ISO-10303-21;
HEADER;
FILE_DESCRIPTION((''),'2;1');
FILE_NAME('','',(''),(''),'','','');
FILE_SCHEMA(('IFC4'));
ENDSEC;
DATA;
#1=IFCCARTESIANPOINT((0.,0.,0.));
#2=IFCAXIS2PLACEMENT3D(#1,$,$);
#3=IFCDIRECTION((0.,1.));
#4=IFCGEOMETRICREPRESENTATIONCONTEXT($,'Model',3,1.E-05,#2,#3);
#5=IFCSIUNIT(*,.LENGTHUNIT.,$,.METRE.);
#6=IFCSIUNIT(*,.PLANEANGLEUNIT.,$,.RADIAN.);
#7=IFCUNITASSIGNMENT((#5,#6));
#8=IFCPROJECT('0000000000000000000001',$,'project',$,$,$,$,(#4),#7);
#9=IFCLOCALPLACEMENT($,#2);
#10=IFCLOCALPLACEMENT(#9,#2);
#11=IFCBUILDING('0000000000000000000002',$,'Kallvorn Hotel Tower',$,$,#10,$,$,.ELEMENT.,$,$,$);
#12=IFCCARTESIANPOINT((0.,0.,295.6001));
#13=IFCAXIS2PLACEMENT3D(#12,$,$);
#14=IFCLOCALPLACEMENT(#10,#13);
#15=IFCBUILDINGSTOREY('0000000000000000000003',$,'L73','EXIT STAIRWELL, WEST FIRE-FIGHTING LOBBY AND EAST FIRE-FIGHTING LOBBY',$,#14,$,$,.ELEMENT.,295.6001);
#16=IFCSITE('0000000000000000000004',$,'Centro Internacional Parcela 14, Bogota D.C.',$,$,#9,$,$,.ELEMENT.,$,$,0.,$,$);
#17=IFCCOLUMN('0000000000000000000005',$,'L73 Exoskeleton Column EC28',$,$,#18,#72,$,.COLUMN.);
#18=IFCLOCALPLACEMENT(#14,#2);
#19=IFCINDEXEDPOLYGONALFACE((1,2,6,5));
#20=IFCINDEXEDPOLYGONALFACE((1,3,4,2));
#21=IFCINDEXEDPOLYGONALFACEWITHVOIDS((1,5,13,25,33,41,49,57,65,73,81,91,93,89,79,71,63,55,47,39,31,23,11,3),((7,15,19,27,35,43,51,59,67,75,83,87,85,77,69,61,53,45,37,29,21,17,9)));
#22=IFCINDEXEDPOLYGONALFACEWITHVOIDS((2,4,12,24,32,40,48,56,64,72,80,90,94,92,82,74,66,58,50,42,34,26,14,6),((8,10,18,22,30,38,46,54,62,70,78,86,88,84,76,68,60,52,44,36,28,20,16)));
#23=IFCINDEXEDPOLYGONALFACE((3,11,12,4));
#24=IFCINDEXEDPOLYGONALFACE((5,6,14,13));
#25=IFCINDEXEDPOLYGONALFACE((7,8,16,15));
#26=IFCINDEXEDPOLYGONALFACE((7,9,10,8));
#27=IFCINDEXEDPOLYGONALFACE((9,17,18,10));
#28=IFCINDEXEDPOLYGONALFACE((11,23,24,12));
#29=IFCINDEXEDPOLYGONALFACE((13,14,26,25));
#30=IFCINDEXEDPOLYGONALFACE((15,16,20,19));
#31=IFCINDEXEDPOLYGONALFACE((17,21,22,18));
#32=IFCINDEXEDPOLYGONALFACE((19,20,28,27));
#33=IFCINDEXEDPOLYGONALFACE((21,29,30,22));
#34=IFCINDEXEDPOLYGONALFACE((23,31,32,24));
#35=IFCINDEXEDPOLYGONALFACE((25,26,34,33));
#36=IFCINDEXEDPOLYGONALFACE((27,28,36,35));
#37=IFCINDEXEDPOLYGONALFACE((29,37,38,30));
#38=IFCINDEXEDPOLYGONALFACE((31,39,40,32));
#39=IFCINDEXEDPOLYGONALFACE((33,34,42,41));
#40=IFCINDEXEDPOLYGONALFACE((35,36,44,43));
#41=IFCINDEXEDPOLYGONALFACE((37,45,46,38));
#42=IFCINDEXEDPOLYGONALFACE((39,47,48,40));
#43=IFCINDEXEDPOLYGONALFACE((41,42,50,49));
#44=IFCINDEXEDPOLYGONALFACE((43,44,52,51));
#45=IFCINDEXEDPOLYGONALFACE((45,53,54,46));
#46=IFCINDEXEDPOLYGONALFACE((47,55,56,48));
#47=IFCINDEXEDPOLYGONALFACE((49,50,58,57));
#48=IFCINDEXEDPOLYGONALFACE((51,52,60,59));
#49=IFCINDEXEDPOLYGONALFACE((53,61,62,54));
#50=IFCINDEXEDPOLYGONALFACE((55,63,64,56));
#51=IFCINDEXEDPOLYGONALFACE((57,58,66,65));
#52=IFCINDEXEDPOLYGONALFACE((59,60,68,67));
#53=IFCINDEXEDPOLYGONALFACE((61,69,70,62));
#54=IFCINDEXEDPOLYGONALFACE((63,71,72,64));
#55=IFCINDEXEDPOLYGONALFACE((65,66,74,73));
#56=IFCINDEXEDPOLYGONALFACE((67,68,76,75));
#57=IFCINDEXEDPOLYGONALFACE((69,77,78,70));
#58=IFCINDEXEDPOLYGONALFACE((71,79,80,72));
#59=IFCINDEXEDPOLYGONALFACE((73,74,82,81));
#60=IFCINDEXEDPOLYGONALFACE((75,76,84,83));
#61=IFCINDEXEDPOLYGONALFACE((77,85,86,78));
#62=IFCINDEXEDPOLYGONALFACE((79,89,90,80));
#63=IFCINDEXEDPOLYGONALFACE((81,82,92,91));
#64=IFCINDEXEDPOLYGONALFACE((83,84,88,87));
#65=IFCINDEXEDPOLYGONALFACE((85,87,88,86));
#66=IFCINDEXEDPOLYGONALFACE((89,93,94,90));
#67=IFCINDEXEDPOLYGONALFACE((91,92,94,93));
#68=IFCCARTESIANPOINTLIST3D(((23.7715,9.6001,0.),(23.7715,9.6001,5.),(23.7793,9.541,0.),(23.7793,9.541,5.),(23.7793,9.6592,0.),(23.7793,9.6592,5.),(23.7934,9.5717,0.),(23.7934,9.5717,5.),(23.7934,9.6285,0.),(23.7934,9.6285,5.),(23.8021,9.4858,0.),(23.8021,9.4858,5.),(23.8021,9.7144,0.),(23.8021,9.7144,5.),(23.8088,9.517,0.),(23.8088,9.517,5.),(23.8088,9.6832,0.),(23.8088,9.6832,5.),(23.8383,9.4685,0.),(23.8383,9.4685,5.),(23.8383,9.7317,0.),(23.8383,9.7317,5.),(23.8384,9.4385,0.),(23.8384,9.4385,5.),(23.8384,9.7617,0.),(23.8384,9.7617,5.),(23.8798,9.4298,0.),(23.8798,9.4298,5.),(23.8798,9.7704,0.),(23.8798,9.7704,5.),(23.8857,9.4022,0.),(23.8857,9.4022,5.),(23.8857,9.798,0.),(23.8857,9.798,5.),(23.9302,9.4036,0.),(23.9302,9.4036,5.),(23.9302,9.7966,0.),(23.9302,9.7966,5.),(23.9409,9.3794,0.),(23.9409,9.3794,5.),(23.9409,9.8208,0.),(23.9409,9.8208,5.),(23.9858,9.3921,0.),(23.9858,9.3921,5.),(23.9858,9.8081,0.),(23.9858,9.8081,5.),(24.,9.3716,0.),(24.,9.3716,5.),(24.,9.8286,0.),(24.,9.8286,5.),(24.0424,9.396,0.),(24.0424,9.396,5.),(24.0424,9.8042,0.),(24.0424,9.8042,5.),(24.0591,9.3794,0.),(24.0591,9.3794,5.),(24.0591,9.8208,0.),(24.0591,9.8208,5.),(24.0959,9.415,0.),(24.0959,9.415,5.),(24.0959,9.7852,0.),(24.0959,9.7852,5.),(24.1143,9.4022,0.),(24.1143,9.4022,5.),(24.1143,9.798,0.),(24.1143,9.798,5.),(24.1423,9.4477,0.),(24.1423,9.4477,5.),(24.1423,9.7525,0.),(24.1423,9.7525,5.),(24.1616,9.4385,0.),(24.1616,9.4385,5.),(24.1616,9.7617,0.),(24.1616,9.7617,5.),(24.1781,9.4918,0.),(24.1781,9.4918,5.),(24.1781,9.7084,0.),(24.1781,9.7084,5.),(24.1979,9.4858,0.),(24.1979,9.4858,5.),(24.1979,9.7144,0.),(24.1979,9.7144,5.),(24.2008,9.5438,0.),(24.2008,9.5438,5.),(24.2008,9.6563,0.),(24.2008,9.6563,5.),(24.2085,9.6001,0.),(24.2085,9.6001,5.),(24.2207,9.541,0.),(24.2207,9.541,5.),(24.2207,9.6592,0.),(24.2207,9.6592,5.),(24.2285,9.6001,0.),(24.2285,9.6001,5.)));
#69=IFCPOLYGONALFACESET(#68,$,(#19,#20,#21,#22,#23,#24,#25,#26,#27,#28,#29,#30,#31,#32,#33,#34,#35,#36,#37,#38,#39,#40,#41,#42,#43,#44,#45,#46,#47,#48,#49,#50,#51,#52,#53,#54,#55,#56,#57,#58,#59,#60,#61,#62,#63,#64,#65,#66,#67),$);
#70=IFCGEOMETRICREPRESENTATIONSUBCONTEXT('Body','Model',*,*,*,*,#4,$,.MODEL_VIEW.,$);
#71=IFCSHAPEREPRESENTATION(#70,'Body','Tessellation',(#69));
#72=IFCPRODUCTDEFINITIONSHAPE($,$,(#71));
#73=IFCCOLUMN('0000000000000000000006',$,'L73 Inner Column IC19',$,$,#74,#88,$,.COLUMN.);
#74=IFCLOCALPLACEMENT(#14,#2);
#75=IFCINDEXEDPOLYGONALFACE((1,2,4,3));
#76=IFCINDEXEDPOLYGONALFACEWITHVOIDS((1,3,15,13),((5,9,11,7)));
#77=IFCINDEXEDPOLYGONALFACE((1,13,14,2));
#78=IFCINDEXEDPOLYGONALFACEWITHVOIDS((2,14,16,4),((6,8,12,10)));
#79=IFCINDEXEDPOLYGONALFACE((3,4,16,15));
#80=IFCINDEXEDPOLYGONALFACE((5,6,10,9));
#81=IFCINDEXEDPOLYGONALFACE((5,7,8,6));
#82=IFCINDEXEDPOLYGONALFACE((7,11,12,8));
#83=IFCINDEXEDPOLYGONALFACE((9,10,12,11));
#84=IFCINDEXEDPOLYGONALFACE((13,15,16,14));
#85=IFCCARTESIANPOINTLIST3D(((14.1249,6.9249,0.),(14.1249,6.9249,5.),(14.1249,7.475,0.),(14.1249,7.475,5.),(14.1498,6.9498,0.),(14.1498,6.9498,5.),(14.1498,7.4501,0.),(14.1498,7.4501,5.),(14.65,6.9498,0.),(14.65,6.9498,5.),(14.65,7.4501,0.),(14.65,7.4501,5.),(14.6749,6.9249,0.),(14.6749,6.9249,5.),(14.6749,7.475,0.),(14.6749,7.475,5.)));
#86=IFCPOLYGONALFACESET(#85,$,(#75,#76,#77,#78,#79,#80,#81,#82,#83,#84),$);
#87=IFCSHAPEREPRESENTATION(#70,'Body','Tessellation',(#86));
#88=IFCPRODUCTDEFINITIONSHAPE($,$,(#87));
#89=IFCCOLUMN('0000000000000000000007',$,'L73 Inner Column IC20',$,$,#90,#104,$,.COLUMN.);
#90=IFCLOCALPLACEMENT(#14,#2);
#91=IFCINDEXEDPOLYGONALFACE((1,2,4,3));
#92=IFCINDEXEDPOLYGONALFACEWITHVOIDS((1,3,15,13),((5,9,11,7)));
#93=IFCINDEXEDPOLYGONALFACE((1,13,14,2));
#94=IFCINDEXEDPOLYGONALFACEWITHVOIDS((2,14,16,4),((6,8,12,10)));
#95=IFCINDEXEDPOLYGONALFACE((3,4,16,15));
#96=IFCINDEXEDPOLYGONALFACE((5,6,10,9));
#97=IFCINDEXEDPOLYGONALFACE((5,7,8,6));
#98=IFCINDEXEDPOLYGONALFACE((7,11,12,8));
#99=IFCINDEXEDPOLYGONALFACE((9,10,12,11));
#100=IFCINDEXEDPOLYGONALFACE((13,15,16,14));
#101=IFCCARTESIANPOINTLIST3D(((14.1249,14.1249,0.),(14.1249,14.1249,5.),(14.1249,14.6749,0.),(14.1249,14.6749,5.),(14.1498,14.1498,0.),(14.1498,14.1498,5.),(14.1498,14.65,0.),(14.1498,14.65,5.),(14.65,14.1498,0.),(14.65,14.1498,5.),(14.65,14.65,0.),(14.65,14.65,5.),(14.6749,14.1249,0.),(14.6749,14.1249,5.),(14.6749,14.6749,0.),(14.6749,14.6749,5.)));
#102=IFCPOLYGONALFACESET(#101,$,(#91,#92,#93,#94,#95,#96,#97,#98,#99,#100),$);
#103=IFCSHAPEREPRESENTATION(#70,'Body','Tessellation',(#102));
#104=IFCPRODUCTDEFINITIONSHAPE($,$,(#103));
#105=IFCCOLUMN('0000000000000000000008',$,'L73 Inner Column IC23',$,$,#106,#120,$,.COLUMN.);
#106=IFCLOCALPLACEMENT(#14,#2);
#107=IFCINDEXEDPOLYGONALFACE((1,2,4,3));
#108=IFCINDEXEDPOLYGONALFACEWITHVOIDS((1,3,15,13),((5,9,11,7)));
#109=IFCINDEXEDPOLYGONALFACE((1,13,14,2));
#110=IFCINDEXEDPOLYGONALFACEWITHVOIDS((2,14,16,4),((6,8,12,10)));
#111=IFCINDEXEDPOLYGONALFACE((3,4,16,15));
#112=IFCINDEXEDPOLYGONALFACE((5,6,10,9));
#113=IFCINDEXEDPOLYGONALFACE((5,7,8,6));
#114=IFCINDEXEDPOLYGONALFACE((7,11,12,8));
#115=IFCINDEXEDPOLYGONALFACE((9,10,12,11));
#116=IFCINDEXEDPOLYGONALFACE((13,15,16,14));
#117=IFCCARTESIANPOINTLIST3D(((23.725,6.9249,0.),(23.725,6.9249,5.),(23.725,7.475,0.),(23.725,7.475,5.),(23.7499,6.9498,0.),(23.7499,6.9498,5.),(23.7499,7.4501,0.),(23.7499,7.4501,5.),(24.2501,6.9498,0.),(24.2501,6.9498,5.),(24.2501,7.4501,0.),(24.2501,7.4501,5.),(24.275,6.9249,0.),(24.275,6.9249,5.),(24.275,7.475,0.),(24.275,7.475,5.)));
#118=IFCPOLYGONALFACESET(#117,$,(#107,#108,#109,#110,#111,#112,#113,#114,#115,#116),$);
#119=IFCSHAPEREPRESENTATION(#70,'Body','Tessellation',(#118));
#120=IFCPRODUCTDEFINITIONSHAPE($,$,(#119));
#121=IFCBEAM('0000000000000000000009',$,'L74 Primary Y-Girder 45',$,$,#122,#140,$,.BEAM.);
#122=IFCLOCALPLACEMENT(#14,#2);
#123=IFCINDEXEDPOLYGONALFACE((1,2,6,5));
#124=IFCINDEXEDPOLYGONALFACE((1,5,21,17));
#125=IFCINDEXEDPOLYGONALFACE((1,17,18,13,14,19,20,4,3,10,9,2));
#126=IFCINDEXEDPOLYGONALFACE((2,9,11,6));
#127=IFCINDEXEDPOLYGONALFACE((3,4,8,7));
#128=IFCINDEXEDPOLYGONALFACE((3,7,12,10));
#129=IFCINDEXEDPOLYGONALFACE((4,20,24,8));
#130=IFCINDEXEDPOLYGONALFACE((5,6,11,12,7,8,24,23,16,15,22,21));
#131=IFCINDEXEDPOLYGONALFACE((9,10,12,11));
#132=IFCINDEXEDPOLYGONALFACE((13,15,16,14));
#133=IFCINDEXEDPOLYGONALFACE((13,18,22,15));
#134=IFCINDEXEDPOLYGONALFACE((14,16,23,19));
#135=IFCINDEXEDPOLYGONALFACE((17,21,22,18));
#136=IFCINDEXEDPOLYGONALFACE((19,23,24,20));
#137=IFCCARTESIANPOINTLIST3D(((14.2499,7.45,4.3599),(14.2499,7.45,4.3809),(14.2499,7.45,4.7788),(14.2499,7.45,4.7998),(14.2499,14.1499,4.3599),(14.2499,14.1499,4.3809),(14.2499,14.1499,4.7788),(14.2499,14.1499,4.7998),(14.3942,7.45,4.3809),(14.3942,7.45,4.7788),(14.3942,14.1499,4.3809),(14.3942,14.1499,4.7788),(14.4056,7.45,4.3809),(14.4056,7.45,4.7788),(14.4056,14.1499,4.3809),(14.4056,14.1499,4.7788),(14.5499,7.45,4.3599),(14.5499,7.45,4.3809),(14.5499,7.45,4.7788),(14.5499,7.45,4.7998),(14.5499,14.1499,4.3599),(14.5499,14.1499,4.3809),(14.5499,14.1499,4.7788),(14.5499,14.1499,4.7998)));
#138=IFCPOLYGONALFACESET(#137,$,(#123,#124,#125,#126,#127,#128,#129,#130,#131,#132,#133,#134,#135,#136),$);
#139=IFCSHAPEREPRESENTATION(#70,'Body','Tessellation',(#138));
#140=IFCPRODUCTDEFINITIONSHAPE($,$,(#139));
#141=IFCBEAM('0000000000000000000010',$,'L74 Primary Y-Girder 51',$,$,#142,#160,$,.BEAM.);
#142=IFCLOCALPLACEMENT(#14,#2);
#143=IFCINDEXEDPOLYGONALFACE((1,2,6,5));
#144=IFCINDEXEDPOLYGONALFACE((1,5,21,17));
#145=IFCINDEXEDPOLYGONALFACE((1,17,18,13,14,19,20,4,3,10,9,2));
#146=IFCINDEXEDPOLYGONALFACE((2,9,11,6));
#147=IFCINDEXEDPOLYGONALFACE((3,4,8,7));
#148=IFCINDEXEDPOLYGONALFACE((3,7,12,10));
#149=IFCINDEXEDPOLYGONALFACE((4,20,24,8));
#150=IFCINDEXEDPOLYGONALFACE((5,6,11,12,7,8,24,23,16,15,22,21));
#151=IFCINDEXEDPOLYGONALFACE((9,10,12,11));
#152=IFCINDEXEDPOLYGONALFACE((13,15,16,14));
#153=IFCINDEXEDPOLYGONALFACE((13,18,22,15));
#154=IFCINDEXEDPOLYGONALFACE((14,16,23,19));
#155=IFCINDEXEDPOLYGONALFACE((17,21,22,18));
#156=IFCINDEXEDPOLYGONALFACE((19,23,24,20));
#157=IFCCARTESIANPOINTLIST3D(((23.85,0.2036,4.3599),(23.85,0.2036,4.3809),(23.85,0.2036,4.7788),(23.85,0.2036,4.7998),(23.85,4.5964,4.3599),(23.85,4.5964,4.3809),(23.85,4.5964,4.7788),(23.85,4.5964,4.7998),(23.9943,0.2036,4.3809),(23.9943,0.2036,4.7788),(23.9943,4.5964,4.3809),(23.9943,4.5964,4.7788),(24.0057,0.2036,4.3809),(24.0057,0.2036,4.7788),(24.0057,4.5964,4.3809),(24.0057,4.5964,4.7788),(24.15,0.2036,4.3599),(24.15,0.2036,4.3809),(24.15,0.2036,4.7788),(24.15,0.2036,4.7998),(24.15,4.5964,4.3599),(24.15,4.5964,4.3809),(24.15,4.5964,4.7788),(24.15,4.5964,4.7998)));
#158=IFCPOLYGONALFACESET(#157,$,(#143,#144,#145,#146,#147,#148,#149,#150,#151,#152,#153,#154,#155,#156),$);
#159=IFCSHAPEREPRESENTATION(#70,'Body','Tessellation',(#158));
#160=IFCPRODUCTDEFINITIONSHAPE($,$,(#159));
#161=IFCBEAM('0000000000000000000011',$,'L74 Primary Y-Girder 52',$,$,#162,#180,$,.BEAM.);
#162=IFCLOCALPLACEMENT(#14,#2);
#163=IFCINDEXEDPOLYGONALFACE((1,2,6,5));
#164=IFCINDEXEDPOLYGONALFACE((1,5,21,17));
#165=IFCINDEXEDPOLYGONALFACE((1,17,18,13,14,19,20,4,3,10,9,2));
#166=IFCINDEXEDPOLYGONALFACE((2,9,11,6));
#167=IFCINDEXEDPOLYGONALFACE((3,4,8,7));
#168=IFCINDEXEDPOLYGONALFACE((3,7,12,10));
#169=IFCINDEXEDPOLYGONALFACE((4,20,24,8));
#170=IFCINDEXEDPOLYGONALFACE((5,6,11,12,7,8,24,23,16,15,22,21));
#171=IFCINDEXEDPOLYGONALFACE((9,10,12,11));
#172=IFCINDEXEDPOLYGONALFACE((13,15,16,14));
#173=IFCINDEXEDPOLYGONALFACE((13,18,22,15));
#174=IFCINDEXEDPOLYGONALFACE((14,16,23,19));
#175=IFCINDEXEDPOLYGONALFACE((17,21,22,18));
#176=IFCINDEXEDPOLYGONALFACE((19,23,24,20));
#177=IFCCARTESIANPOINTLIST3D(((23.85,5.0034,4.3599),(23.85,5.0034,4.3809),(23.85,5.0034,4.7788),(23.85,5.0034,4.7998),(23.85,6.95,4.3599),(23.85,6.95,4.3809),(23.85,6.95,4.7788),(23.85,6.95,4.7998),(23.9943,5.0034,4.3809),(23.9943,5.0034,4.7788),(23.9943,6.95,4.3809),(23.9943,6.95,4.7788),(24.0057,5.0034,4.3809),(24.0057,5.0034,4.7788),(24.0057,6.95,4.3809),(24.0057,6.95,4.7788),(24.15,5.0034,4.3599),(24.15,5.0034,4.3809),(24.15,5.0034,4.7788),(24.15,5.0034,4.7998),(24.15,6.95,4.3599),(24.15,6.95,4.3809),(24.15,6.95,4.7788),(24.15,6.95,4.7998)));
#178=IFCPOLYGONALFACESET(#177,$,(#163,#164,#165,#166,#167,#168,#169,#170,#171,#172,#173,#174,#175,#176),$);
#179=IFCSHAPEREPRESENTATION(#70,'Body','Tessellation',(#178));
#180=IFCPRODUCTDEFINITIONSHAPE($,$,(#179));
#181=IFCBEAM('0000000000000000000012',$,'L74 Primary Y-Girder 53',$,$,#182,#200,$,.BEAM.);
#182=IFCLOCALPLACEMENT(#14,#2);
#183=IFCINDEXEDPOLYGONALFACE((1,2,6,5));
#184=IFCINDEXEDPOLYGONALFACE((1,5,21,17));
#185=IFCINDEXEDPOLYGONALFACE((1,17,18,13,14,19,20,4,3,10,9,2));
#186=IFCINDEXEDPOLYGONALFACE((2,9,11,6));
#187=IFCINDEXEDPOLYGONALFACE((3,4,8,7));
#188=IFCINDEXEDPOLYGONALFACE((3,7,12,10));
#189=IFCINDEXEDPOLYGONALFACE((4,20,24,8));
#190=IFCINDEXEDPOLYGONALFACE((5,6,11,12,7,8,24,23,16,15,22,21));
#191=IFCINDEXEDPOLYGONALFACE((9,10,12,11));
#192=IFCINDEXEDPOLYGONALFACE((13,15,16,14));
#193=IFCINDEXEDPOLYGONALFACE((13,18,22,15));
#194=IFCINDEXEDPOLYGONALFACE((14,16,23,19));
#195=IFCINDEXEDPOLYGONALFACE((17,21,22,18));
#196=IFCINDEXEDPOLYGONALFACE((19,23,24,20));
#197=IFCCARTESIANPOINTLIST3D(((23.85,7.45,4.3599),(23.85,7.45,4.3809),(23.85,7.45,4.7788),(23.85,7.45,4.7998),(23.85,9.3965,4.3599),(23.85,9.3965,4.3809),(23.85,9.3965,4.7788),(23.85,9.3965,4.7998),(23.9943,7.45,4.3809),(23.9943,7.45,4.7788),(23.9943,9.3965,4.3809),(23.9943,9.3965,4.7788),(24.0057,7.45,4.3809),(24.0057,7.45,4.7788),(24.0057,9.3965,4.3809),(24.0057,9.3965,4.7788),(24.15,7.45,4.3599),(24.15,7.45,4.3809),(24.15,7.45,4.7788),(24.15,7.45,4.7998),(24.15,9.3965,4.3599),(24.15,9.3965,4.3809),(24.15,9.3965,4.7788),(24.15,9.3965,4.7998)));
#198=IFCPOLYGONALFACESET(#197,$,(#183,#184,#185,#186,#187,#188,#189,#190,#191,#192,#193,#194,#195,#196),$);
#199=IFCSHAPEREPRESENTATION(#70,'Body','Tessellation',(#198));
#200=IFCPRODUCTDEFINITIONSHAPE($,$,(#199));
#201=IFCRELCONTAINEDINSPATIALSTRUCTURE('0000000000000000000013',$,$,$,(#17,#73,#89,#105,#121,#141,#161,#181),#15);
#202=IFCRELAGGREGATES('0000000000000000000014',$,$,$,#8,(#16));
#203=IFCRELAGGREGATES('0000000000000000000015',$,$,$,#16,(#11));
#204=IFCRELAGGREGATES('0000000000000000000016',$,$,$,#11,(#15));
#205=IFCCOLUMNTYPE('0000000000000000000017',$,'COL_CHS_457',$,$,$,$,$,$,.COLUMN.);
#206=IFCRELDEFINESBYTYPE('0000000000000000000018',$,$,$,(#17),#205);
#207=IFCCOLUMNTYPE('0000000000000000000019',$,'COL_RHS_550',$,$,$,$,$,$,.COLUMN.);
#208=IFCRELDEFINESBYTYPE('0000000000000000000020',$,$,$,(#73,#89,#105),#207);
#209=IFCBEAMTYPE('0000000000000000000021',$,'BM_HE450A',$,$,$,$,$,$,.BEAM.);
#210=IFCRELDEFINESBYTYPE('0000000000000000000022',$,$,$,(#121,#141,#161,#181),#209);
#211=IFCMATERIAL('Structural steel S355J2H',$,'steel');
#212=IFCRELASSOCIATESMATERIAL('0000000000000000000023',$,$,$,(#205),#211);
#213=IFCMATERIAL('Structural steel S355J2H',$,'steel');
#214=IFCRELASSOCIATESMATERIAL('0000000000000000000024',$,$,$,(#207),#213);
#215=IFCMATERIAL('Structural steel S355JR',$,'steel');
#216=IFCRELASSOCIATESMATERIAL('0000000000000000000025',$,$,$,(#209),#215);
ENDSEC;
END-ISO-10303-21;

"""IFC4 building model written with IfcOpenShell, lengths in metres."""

from ifc_helpers import new_model, si_unit, direction, frame, origin, origin_2d, place, context, subcontext, project, spatial, hollow_rectangle, hollow_circle, i_section, extrude, material, material_profile, profile_set, type_object, element, save


model = new_model("IFC4")

# Units and contexts
model_context = context("Model", 3, precision=1e-05, world=origin(), true_north=direction((0.0, 1.0)))
body_context = subcontext(model_context, "Body", "Model", "MODEL_VIEW")
ifc_project = project(units=[si_unit("LENGTHUNIT", "METRE"), si_unit("PLANEANGLEUNIT", "RADIAN")], contexts=[model_context])

# Site, building, storey
site_placement = place(None, origin())
site = spatial("IfcSite", under=ifc_project, at=site_placement, Name="Centro Internacional Parcela 14, Bogota D.C.", CompositionType="ELEMENT", RefElevation=0.0)
building_placement = place(site_placement, origin())
building = spatial("IfcBuilding", under=site, at=building_placement, Name="Kallvorn Hotel Tower", CompositionType="ELEMENT")
storey_placement = place(building_placement, frame((0.0, 0.0, 295.6001)))
storey = spatial("IfcBuildingStorey", under=building, at=storey_placement, Name="L73", Description="EXIT STAIRWELL, WEST FIRE-FIGHTING LOBBY AND EAST FIRE-FIGHTING LOBBY", CompositionType="ELEMENT", Elevation=295.6001)

# Columns
ifc_material_1 = material(Name="Structural steel S355J2H", Category="steel")
ifc_material_profile_1 = material_profile(ifc_material_1, hollow_circle(Radius=0.2285, WallThickness=0.02, at=origin_2d()), Name="CHS 457x20")
ifc_profile_set_1 = profile_set([ifc_material_profile_1], Name="Structural steel S355J2H")
column_type_1 = type_object("IfcColumnType", Name="COL_CHS_457", PredefinedType="COLUMN", material=ifc_profile_set_1)
for number, where, z_axis, x_axis, name in (
    (1, (24.0, 9.6001, 0.0), (0.0, 0.0, 1.0), (1.0, 0.0, 0.0), "L73 Exoskeleton Column EC28"),
):
    element("IfcColumn", number, at=place(storey_placement, frame(where, z_axis=z_axis, x_axis=x_axis)), inside=storey, type_object=column_type_1, Name=name, PredefinedType="COLUMN", context=body_context, shape_type="SweptSolid", body=[
        extrude(hollow_circle(Radius=0.2285, WallThickness=0.02, at=origin_2d()), origin(), (0.0, 0.0, 1.0), 5.0),
    ])
ifc_material_2 = material(Name="Structural steel S355J2H", Category="steel")
ifc_material_profile_2 = material_profile(ifc_material_2, hollow_rectangle(XDim=0.55, YDim=0.55, WallThickness=0.0249, at=origin_2d()), Name="RHS 550x550x25")
ifc_profile_set_2 = profile_set([ifc_material_profile_2], Name="Structural steel S355J2H")
column_type_2 = type_object("IfcColumnType", Name="COL_RHS_550", PredefinedType="COLUMN", material=ifc_profile_set_2)
for number, where, z_axis, x_axis, name in (
    (2, (14.3999, 7.2, 0.0), (0.0, 0.0, 1.0), (1.0, 0.0, 0.0), "L73 Inner Column IC19"),
    (3, (14.3999, 14.3999, 0.0), (0.0, 0.0, 1.0), (1.0, 0.0, 0.0), "L73 Inner Column IC20"),
    (4, (24.0, 7.2, 0.0), (0.0, 0.0, 1.0), (1.0, 0.0, 0.0), "L73 Inner Column IC23"),
):
    element("IfcColumn", number, at=place(storey_placement, frame(where, z_axis=z_axis, x_axis=x_axis)), inside=storey, type_object=column_type_2, Name=name, PredefinedType="COLUMN", context=body_context, shape_type="SweptSolid", body=[
        extrude(hollow_rectangle(XDim=0.55, YDim=0.55, WallThickness=0.0249, at=origin_2d()), origin(), (0.0, 0.0, 1.0), 5.0),
    ])

# Beams
ifc_material_3 = material(Name="Structural steel S355JR", Category="steel")
ifc_material_profile_3 = material_profile(ifc_material_3, i_section(OverallWidth=0.3, OverallDepth=0.4399, WebThickness=0.0115, FlangeThickness=0.021, at=origin_2d()), Name="HE 450 A")
ifc_profile_set_3 = profile_set([ifc_material_profile_3], Name="Structural steel S355JR")
beam_type_1 = type_object("IfcBeamType", Name="BM_HE450A", PredefinedType="BEAM", material=ifc_profile_set_3)
beam_1_placement = place(storey_placement, frame((14.3999, 7.45, 4.5798), z_axis=(0.0, 1.0, 0.0), x_axis=(-1.0, 0.0, 0.0)))
element("IfcBeam", 5, at=beam_1_placement, inside=storey, type_object=beam_type_1, Name="L74 Primary Y-Girder 45", PredefinedType="BEAM", context=body_context, shape_type="SweptSolid", body=[
    extrude(i_section(OverallWidth=0.3, OverallDepth=0.4399, WebThickness=0.0115, FlangeThickness=0.021, at=origin_2d()), origin(), (0.0, 0.0, 1.0), 6.7),
])
beam_2_placement = place(storey_placement, frame((24.0, 0.2036, 4.5798), z_axis=(0.0, 1.0, 0.0), x_axis=(-1.0, 0.0, 0.0)))
element("IfcBeam", 6, at=beam_2_placement, inside=storey, type_object=beam_type_1, Name="L74 Primary Y-Girder 51", PredefinedType="BEAM", context=body_context, shape_type="SweptSolid", body=[
    extrude(i_section(OverallWidth=0.3, OverallDepth=0.4399, WebThickness=0.0115, FlangeThickness=0.021, at=origin_2d()), origin(), (0.0, 0.0, 1.0), 4.3928),
])
for number, where, z_axis, x_axis, name in (
    (7, (24.0, 5.0034, 4.5798), (0.0, 1.0, 0.0), (-1.0, 0.0, 0.0), "L74 Primary Y-Girder 52"),
    (8, (24.0, 7.45, 4.5798), (0.0, 1.0, 0.0), (-1.0, 0.0, 0.0), "L74 Primary Y-Girder 53"),
):
    element("IfcBeam", number, at=place(storey_placement, frame(where, z_axis=z_axis, x_axis=x_axis)), inside=storey, type_object=beam_type_1, Name=name, PredefinedType="BEAM", context=body_context, shape_type="SweptSolid", body=[
        extrude(i_section(OverallWidth=0.3, OverallDepth=0.4399, WebThickness=0.0115, FlangeThickness=0.021, at=origin_2d()), origin(), (0.0, 0.0, 1.0), 1.9465),
    ])

save(model, "model.ifc")
